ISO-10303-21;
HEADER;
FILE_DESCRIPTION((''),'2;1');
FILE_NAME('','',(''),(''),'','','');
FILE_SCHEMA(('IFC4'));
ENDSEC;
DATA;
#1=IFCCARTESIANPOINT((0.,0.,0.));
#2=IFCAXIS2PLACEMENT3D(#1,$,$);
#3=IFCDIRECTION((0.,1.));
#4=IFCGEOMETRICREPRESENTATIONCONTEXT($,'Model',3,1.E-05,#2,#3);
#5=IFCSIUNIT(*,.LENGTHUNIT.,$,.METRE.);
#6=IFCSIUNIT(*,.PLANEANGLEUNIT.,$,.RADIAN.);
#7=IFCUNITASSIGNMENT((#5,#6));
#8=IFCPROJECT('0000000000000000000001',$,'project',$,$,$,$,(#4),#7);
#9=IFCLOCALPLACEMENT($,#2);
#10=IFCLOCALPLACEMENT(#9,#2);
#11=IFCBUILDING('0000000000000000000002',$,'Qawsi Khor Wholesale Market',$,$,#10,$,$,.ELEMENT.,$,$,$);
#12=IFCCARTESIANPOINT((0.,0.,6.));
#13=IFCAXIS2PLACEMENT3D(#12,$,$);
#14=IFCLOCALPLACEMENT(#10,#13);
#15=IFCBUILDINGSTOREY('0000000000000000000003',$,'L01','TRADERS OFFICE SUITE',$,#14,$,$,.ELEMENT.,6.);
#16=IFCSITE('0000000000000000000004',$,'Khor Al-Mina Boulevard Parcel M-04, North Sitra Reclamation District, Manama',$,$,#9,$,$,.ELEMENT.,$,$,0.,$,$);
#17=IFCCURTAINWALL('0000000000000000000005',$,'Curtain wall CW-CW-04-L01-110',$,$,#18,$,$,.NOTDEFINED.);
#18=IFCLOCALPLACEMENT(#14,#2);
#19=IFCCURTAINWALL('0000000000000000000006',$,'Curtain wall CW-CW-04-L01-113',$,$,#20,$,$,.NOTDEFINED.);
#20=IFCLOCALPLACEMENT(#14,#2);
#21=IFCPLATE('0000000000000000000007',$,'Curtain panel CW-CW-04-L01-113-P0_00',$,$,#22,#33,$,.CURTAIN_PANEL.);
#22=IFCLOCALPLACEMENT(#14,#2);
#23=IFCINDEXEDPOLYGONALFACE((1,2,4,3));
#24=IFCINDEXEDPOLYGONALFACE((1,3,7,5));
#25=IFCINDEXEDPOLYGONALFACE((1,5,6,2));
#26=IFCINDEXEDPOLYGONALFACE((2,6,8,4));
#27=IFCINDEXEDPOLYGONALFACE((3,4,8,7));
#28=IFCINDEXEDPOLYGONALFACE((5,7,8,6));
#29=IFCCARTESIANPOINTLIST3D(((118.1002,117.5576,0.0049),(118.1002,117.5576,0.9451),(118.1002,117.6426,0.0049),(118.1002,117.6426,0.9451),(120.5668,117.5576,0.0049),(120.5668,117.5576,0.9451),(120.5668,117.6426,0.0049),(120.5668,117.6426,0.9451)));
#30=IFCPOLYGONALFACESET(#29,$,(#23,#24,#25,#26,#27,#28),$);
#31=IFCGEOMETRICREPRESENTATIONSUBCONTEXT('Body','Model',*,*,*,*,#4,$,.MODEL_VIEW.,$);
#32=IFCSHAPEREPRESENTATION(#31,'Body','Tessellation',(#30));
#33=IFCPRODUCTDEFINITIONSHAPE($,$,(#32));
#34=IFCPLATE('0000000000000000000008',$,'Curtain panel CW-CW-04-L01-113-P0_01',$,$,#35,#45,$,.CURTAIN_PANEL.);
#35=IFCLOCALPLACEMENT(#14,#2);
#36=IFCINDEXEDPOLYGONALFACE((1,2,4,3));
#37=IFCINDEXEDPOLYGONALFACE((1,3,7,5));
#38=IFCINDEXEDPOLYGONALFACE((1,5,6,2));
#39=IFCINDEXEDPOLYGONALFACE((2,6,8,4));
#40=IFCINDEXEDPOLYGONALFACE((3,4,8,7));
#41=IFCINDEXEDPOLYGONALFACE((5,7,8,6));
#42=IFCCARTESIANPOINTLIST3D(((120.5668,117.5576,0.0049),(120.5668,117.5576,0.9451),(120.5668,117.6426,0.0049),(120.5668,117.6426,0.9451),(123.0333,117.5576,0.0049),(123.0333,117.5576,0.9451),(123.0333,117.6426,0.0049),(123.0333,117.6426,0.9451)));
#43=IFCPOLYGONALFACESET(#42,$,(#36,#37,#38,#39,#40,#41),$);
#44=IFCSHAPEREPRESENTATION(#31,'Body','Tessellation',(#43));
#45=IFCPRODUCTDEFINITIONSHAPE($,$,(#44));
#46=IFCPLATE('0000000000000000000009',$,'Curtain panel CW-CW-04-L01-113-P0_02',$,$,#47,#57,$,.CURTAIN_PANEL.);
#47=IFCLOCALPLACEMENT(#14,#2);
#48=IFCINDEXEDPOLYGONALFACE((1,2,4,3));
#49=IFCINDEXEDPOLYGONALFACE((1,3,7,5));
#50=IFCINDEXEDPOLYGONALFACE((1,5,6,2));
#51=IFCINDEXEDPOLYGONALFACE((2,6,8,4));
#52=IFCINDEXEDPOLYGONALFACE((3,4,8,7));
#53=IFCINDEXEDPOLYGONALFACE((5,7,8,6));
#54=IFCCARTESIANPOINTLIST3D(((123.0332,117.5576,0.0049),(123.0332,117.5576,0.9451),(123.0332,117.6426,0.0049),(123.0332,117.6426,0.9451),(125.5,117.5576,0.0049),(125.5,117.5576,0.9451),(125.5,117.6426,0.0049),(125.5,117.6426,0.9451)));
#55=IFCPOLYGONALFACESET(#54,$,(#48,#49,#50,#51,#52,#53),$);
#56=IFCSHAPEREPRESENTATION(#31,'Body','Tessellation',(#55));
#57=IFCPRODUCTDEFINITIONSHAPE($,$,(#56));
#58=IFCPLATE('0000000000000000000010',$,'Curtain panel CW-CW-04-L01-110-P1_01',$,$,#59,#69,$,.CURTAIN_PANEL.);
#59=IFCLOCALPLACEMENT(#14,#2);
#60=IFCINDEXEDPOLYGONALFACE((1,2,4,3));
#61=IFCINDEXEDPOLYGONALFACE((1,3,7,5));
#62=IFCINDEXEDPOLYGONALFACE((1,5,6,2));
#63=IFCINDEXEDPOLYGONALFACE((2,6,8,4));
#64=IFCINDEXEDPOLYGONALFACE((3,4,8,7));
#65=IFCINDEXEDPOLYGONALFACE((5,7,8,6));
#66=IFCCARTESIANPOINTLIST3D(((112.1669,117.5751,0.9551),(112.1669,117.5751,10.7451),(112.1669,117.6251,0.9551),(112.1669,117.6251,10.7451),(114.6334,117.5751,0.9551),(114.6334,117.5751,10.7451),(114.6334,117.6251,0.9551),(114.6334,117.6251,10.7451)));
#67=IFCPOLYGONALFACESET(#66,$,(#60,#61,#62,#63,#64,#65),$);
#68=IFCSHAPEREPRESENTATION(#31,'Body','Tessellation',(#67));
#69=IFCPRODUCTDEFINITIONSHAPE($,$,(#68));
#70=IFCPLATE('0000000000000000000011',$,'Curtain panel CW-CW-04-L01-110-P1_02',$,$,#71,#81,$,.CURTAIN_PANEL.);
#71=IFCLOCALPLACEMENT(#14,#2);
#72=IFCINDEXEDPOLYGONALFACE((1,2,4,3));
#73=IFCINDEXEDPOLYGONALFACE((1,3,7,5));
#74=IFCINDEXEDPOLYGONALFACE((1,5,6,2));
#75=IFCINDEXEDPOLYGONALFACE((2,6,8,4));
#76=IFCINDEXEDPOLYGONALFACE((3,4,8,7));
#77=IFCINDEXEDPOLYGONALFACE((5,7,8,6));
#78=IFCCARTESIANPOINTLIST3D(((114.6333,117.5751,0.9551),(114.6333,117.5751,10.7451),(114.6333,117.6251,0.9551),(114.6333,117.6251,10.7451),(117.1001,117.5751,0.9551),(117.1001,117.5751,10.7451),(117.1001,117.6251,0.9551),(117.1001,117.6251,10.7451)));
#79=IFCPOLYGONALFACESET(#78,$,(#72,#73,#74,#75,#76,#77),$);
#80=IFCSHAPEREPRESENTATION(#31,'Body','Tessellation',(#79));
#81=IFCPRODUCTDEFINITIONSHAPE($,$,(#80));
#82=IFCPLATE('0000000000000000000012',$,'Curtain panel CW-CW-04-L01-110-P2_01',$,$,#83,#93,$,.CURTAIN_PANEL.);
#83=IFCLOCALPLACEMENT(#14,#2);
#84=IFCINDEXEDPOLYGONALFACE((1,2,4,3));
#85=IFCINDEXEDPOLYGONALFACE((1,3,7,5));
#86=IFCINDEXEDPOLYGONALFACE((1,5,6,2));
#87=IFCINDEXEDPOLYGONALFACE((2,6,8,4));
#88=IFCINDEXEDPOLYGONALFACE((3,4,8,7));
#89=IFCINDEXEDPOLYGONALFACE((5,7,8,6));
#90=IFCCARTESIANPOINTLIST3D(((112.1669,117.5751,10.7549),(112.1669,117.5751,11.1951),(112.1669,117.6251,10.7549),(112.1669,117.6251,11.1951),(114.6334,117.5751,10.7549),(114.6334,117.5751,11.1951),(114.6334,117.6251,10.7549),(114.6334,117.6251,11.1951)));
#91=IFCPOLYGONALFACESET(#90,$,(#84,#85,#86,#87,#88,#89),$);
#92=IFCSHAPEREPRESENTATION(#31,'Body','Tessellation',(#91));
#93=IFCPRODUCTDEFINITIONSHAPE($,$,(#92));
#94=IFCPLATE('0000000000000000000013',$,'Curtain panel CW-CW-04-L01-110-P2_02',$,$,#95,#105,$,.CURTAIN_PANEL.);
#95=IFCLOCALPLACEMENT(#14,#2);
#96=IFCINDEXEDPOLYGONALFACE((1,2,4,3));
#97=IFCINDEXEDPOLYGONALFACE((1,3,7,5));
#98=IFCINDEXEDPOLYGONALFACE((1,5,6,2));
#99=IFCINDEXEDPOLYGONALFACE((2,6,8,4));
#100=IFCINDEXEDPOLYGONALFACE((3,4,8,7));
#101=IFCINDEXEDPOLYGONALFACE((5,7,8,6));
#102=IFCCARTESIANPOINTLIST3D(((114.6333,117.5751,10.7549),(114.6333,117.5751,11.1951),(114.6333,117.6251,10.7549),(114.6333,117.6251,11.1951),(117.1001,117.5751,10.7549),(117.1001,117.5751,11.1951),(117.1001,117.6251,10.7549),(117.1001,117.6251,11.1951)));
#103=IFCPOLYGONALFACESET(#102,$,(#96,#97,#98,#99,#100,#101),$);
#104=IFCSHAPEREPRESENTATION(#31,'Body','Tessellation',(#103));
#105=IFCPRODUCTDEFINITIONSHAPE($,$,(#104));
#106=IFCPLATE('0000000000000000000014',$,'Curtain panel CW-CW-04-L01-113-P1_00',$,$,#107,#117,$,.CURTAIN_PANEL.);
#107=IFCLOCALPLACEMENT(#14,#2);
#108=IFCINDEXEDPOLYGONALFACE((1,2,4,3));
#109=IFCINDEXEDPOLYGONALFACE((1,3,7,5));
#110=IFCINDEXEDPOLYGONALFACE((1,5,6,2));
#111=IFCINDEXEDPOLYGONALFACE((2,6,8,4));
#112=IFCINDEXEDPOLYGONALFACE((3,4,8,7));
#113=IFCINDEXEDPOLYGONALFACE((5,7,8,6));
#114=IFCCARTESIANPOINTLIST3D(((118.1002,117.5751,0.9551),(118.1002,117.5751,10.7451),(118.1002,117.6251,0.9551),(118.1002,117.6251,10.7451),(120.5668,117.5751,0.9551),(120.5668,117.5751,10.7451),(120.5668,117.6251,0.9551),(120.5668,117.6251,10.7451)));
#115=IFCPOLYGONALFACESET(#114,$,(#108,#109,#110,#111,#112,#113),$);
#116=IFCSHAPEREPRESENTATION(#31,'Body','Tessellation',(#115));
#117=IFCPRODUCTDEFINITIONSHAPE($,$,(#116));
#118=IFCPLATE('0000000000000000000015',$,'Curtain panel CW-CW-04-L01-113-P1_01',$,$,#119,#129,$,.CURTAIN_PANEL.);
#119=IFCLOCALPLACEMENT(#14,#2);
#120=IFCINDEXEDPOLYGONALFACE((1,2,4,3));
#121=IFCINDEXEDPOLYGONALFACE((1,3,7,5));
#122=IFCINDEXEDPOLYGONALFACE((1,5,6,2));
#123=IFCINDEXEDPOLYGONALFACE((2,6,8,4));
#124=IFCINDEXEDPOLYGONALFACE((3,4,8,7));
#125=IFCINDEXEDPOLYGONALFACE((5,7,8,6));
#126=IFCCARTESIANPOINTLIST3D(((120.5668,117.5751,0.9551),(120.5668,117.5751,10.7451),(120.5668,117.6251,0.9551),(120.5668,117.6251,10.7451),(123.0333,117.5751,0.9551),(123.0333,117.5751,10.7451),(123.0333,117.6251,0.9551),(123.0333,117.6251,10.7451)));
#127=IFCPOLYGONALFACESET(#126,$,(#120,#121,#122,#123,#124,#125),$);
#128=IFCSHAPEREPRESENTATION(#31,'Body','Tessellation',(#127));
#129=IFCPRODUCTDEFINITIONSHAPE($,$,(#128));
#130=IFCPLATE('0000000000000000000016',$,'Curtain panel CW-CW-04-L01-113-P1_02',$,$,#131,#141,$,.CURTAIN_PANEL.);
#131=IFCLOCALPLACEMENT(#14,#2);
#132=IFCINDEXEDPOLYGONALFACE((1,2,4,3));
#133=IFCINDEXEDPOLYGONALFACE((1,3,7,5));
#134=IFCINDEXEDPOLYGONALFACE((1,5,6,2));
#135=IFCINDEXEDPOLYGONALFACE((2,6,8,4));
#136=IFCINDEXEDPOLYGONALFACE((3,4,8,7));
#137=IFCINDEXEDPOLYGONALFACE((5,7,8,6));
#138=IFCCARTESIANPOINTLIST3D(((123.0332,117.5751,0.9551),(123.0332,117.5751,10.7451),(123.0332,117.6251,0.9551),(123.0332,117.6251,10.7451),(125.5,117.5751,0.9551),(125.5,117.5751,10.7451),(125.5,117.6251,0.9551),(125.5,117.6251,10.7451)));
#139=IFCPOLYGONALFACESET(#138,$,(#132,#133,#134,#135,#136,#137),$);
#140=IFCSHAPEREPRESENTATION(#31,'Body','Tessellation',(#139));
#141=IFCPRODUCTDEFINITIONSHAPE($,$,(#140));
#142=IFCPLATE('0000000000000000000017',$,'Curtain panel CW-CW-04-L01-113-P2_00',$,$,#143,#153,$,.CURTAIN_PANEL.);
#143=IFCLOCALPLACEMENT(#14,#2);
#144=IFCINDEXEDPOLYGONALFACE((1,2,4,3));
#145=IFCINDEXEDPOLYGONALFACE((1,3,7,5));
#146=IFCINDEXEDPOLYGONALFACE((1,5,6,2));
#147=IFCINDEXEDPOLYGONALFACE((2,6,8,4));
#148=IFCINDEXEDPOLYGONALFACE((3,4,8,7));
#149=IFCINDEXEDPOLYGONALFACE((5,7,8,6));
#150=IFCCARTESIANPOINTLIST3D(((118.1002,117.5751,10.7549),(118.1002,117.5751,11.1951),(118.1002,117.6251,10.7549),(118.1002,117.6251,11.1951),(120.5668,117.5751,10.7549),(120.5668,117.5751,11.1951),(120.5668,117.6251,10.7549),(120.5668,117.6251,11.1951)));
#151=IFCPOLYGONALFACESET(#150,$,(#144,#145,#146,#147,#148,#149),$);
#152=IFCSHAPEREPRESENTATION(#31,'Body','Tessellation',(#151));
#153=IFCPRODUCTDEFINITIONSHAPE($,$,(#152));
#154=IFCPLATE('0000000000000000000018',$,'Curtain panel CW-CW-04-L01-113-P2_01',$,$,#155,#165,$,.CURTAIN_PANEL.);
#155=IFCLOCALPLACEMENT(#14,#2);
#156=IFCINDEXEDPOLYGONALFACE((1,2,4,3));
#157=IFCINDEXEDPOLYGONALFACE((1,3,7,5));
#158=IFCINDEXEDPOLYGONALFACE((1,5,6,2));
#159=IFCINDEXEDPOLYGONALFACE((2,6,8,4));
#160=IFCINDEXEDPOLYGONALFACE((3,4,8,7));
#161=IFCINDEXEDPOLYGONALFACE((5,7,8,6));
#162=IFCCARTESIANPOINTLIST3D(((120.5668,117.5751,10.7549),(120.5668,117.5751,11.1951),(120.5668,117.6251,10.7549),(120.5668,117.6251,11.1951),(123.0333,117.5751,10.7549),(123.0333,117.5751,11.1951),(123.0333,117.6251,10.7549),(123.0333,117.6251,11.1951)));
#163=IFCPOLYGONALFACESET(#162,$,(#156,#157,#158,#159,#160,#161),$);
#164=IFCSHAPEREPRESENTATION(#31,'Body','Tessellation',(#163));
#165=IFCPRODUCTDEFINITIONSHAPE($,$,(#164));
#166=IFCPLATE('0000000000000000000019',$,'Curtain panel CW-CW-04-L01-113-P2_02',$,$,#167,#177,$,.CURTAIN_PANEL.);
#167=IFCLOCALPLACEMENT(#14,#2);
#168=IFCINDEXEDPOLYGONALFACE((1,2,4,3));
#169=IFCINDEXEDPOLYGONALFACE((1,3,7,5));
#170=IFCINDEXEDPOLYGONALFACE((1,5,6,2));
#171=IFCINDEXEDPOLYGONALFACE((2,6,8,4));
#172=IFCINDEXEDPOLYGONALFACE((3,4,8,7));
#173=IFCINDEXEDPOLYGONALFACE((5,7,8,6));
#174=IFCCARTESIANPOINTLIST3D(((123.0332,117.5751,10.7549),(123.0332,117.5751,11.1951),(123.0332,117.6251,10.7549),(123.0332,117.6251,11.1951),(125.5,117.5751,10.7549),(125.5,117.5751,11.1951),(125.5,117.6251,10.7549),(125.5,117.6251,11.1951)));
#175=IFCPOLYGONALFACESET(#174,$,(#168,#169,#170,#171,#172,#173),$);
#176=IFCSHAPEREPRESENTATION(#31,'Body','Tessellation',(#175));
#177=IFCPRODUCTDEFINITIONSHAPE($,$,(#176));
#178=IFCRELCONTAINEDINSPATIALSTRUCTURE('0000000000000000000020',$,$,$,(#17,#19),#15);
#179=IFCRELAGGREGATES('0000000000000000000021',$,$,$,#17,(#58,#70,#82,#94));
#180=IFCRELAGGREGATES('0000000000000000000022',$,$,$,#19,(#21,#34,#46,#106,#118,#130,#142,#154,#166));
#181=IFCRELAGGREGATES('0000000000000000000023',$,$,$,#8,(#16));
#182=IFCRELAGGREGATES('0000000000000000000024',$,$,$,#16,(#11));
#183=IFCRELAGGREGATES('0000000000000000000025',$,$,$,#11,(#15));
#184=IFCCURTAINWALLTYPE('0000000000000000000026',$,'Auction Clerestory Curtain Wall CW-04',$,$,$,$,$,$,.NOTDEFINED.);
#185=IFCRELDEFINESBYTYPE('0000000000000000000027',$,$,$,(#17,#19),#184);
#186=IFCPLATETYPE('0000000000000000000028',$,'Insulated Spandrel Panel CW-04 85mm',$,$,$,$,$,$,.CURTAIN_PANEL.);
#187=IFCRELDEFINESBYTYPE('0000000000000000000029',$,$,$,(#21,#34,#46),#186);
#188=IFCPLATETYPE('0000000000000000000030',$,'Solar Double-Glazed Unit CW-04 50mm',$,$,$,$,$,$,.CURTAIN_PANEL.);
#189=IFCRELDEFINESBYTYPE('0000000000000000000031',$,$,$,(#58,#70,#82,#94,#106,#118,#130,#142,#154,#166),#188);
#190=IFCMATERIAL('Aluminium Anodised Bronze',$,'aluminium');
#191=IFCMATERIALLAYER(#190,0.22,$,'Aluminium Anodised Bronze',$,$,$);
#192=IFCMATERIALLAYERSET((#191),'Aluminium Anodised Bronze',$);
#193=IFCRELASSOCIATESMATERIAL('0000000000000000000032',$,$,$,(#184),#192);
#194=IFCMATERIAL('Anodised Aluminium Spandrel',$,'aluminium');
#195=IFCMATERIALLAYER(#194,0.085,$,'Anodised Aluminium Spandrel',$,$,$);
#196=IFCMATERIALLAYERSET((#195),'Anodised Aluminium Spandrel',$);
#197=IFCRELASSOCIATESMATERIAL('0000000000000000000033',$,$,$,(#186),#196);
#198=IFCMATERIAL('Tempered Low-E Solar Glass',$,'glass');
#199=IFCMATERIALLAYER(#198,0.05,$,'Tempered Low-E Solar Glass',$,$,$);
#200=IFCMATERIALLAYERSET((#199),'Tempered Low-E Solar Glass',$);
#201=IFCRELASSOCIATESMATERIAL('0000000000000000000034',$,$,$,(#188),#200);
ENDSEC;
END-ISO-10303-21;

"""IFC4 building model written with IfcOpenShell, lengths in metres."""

from ifc_helpers import new_model, si_unit, direction, frame, frame_2d, origin, place, context, subcontext, project, spatial, rectangle, extrude, material, layer, layer_set, type_object, element, aggregate, save


model = new_model("IFC4")

# Units and contexts
model_context = context("Model", 3, precision=1e-05, world=origin(), true_north=direction((0.0, 1.0)))
body_context = subcontext(model_context, "Body", "Model", "MODEL_VIEW")
ifc_project = project(units=[si_unit("LENGTHUNIT", "METRE"), si_unit("PLANEANGLEUNIT", "RADIAN")], contexts=[model_context])

# Site, building, storey
site_placement = place(None, origin())
site = spatial("IfcSite", under=ifc_project, at=site_placement, Name="Khor Al-Mina Boulevard Parcel M-04, North Sitra Reclamation District, Manama", CompositionType="ELEMENT", RefElevation=0.0)
building_placement = place(site_placement, origin())
building = spatial("IfcBuilding", under=site, at=building_placement, Name="Qawsi Khor Wholesale Market", CompositionType="ELEMENT")
storey_placement = place(building_placement, frame((0.0, 0.0, 6.0)))
storey = spatial("IfcBuildingStorey", under=building, at=storey_placement, Name="L01", Description="TRADERS OFFICE SUITE", CompositionType="ELEMENT", Elevation=6.0)

# Curtain walls
ifc_material_1 = material(Name="Aluminium Anodised Bronze", Category="aluminium")
ifc_layer_1 = layer(ifc_material_1, 0.22, Name="Aluminium Anodised Bronze")
ifc_layer_set_1 = layer_set([ifc_layer_1], Name="Aluminium Anodised Bronze")
curtain_wall_type = type_object("IfcCurtainWallType", Name="Auction Clerestory Curtain Wall CW-04", PredefinedType="NOTDEFINED", material=ifc_layer_set_1)
curtain_wall_1_placement = place(storey_placement, origin())
curtain_wall_1 = element("IfcCurtainWall", 1, at=curtain_wall_1_placement, inside=storey, type_object=curtain_wall_type, Name="Curtain wall CW-CW-04-L01-110", PredefinedType="NOTDEFINED")
curtain_wall_2_placement = place(storey_placement, origin())
curtain_wall_2 = element("IfcCurtainWall", 2, at=curtain_wall_2_placement, inside=storey, type_object=curtain_wall_type, Name="Curtain wall CW-CW-04-L01-113", PredefinedType="NOTDEFINED")

# Plates
ifc_material_2 = material(Name="Anodised Aluminium Spandrel", Category="aluminium")
ifc_layer_2 = layer(ifc_material_2, 0.085, Name="Anodised Aluminium Spandrel")
ifc_layer_set_2 = layer_set([ifc_layer_2], Name="Anodised Aluminium Spandrel")
plate_type_1 = type_object("IfcPlateType", Name="Insulated Spandrel Panel CW-04 85mm", PredefinedType="CURTAIN_PANEL", material=ifc_layer_set_2)
plate_1_placement = place(storey_placement, frame((118.1001, 117.6001, 0.0049), z_axis=(0.0, 0.0, 1.0), x_axis=(1.0, 0.0, 0.0)))
plate_1 = element("IfcPlate", 3, at=plate_1_placement, type_object=plate_type_1, Name="Curtain panel CW-CW-04-L01-113-P0_00", PredefinedType="CURTAIN_PANEL", context=body_context, shape_type="SweptSolid", body=[
    extrude(rectangle(XDim=2.4666, YDim=0.085, at=frame_2d((1.2334, 0.0))), origin(), (0.0, 0.0, 1.0), 0.9402),
])
plate_2_placement = place(storey_placement, frame((120.5667, 117.6001, 0.0049), z_axis=(0.0, 0.0, 1.0), x_axis=(1.0, 0.0, 0.0)))
plate_2 = element("IfcPlate", 4, at=plate_2_placement, type_object=plate_type_1, Name="Curtain panel CW-CW-04-L01-113-P0_01", PredefinedType="CURTAIN_PANEL", context=body_context, shape_type="SweptSolid", body=[
    extrude(rectangle(XDim=2.4666, YDim=0.085, at=frame_2d((1.2334, 0.0))), origin(), (0.0, 0.0, 1.0), 0.9402),
])
plate_3_placement = place(storey_placement, frame((123.0332, 117.6001, 0.0049), z_axis=(0.0, 0.0, 1.0), x_axis=(1.0, 0.0, 0.0)))
plate_3 = element("IfcPlate", 5, at=plate_3_placement, type_object=plate_type_1, Name="Curtain panel CW-CW-04-L01-113-P0_02", PredefinedType="CURTAIN_PANEL", context=body_context, shape_type="SweptSolid", body=[
    extrude(rectangle(XDim=2.4668, YDim=0.085, at=frame_2d((1.2334, 0.0))), origin(), (0.0, 0.0, 1.0), 0.9402),
])
ifc_material_3 = material(Name="Tempered Low-E Solar Glass", Category="glass")
ifc_layer_3 = layer(ifc_material_3, 0.05, Name="Tempered Low-E Solar Glass")
ifc_layer_set_3 = layer_set([ifc_layer_3], Name="Tempered Low-E Solar Glass")
plate_type_2 = type_object("IfcPlateType", Name="Solar Double-Glazed Unit CW-04 50mm", PredefinedType="CURTAIN_PANEL", material=ifc_layer_set_3)
plate_4_placement = place(storey_placement, frame((112.1667, 117.6001, 0.9551), z_axis=(0.0, 0.0, 1.0), x_axis=(1.0, 0.0, 0.0)))
plate_4 = element("IfcPlate", 6, at=plate_4_placement, type_object=plate_type_2, Name="Curtain panel CW-CW-04-L01-110-P1_01", PredefinedType="CURTAIN_PANEL", context=body_context, shape_type="SweptSolid", body=[
    extrude(rectangle(XDim=2.4666, YDim=0.05, at=frame_2d((1.2334, 0.0))), origin(), (0.0, 0.0, 1.0), 9.79),
])
plate_5_placement = place(storey_placement, frame((114.6333, 117.6001, 0.9551), z_axis=(0.0, 0.0, 1.0), x_axis=(1.0, 0.0, 0.0)))
plate_5 = element("IfcPlate", 7, at=plate_5_placement, type_object=plate_type_2, Name="Curtain panel CW-CW-04-L01-110-P1_02", PredefinedType="CURTAIN_PANEL", context=body_context, shape_type="SweptSolid", body=[
    extrude(rectangle(XDim=2.4668, YDim=0.05, at=frame_2d((1.2334, 0.0))), origin(), (0.0, 0.0, 1.0), 9.79),
])
plate_6_placement = place(storey_placement, frame((112.1667, 117.6001, 10.7549), z_axis=(0.0, 0.0, 1.0), x_axis=(1.0, 0.0, 0.0)))
plate_6 = element("IfcPlate", 8, at=plate_6_placement, type_object=plate_type_2, Name="Curtain panel CW-CW-04-L01-110-P2_01", PredefinedType="CURTAIN_PANEL", context=body_context, shape_type="SweptSolid", body=[
    extrude(rectangle(XDim=2.4666, YDim=0.05, at=frame_2d((1.2334, 0.0))), origin(), (0.0, 0.0, 1.0), 0.4402),
])
plate_7_placement = place(storey_placement, frame((114.6333, 117.6001, 10.7549), z_axis=(0.0, 0.0, 1.0), x_axis=(1.0, 0.0, 0.0)))
plate_7 = element("IfcPlate", 9, at=plate_7_placement, type_object=plate_type_2, Name="Curtain panel CW-CW-04-L01-110-P2_02", PredefinedType="CURTAIN_PANEL", context=body_context, shape_type="SweptSolid", body=[
    extrude(rectangle(XDim=2.4668, YDim=0.05, at=frame_2d((1.2334, 0.0))), origin(), (0.0, 0.0, 1.0), 0.4402),
])
aggregate(curtain_wall_1, [plate_4, plate_5, plate_6, plate_7])
plate_8_placement = place(storey_placement, frame((118.1001, 117.6001, 0.9551), z_axis=(0.0, 0.0, 1.0), x_axis=(1.0, 0.0, 0.0)))
plate_8 = element("IfcPlate", 10, at=plate_8_placement, type_object=plate_type_2, Name="Curtain panel CW-CW-04-L01-113-P1_00", PredefinedType="CURTAIN_PANEL", context=body_context, shape_type="SweptSolid", body=[
    extrude(rectangle(XDim=2.4666, YDim=0.05, at=frame_2d((1.2334, 0.0))), origin(), (0.0, 0.0, 1.0), 9.79),
])
plate_9_placement = place(storey_placement, frame((120.5667, 117.6001, 0.9551), z_axis=(0.0, 0.0, 1.0), x_axis=(1.0, 0.0, 0.0)))
plate_9 = element("IfcPlate", 11, at=plate_9_placement, type_object=plate_type_2, Name="Curtain panel CW-CW-04-L01-113-P1_01", PredefinedType="CURTAIN_PANEL", context=body_context, shape_type="SweptSolid", body=[
    extrude(rectangle(XDim=2.4666, YDim=0.05, at=frame_2d((1.2334, 0.0))), origin(), (0.0, 0.0, 1.0), 9.79),
])
plate_10_placement = place(storey_placement, frame((123.0332, 117.6001, 0.9551), z_axis=(0.0, 0.0, 1.0), x_axis=(1.0, 0.0, 0.0)))
plate_10 = element("IfcPlate", 12, at=plate_10_placement, type_object=plate_type_2, Name="Curtain panel CW-CW-04-L01-113-P1_02", PredefinedType="CURTAIN_PANEL", context=body_context, shape_type="SweptSolid", body=[
    extrude(rectangle(XDim=2.4668, YDim=0.05, at=frame_2d((1.2334, 0.0))), origin(), (0.0, 0.0, 1.0), 9.79),
])
plate_11_placement = place(storey_placement, frame((118.1001, 117.6001, 10.7549), z_axis=(0.0, 0.0, 1.0), x_axis=(1.0, 0.0, 0.0)))
plate_11 = element("IfcPlate", 13, at=plate_11_placement, type_object=plate_type_2, Name="Curtain panel CW-CW-04-L01-113-P2_00", PredefinedType="CURTAIN_PANEL", context=body_context, shape_type="SweptSolid", body=[
    extrude(rectangle(XDim=2.4666, YDim=0.05, at=frame_2d((1.2334, 0.0))), origin(), (0.0, 0.0, 1.0), 0.4402),
])
plate_12_placement = place(storey_placement, frame((120.5667, 117.6001, 10.7549), z_axis=(0.0, 0.0, 1.0), x_axis=(1.0, 0.0, 0.0)))
plate_12 = element("IfcPlate", 14, at=plate_12_placement, type_object=plate_type_2, Name="Curtain panel CW-CW-04-L01-113-P2_01", PredefinedType="CURTAIN_PANEL", context=body_context, shape_type="SweptSolid", body=[
    extrude(rectangle(XDim=2.4666, YDim=0.05, at=frame_2d((1.2334, 0.0))), origin(), (0.0, 0.0, 1.0), 0.4402),
])
plate_13_placement = place(storey_placement, frame((123.0332, 117.6001, 10.7549), z_axis=(0.0, 0.0, 1.0), x_axis=(1.0, 0.0, 0.0)))
plate_13 = element("IfcPlate", 15, at=plate_13_placement, type_object=plate_type_2, Name="Curtain panel CW-CW-04-L01-113-P2_02", PredefinedType="CURTAIN_PANEL", context=body_context, shape_type="SweptSolid", body=[
    extrude(rectangle(XDim=2.4668, YDim=0.05, at=frame_2d((1.2334, 0.0))), origin(), (0.0, 0.0, 1.0), 0.4402),
])
aggregate(curtain_wall_2, [plate_1, plate_2, plate_3, plate_8, plate_9, plate_10, plate_11, plate_12, plate_13])

save(model, "model.ifc")
